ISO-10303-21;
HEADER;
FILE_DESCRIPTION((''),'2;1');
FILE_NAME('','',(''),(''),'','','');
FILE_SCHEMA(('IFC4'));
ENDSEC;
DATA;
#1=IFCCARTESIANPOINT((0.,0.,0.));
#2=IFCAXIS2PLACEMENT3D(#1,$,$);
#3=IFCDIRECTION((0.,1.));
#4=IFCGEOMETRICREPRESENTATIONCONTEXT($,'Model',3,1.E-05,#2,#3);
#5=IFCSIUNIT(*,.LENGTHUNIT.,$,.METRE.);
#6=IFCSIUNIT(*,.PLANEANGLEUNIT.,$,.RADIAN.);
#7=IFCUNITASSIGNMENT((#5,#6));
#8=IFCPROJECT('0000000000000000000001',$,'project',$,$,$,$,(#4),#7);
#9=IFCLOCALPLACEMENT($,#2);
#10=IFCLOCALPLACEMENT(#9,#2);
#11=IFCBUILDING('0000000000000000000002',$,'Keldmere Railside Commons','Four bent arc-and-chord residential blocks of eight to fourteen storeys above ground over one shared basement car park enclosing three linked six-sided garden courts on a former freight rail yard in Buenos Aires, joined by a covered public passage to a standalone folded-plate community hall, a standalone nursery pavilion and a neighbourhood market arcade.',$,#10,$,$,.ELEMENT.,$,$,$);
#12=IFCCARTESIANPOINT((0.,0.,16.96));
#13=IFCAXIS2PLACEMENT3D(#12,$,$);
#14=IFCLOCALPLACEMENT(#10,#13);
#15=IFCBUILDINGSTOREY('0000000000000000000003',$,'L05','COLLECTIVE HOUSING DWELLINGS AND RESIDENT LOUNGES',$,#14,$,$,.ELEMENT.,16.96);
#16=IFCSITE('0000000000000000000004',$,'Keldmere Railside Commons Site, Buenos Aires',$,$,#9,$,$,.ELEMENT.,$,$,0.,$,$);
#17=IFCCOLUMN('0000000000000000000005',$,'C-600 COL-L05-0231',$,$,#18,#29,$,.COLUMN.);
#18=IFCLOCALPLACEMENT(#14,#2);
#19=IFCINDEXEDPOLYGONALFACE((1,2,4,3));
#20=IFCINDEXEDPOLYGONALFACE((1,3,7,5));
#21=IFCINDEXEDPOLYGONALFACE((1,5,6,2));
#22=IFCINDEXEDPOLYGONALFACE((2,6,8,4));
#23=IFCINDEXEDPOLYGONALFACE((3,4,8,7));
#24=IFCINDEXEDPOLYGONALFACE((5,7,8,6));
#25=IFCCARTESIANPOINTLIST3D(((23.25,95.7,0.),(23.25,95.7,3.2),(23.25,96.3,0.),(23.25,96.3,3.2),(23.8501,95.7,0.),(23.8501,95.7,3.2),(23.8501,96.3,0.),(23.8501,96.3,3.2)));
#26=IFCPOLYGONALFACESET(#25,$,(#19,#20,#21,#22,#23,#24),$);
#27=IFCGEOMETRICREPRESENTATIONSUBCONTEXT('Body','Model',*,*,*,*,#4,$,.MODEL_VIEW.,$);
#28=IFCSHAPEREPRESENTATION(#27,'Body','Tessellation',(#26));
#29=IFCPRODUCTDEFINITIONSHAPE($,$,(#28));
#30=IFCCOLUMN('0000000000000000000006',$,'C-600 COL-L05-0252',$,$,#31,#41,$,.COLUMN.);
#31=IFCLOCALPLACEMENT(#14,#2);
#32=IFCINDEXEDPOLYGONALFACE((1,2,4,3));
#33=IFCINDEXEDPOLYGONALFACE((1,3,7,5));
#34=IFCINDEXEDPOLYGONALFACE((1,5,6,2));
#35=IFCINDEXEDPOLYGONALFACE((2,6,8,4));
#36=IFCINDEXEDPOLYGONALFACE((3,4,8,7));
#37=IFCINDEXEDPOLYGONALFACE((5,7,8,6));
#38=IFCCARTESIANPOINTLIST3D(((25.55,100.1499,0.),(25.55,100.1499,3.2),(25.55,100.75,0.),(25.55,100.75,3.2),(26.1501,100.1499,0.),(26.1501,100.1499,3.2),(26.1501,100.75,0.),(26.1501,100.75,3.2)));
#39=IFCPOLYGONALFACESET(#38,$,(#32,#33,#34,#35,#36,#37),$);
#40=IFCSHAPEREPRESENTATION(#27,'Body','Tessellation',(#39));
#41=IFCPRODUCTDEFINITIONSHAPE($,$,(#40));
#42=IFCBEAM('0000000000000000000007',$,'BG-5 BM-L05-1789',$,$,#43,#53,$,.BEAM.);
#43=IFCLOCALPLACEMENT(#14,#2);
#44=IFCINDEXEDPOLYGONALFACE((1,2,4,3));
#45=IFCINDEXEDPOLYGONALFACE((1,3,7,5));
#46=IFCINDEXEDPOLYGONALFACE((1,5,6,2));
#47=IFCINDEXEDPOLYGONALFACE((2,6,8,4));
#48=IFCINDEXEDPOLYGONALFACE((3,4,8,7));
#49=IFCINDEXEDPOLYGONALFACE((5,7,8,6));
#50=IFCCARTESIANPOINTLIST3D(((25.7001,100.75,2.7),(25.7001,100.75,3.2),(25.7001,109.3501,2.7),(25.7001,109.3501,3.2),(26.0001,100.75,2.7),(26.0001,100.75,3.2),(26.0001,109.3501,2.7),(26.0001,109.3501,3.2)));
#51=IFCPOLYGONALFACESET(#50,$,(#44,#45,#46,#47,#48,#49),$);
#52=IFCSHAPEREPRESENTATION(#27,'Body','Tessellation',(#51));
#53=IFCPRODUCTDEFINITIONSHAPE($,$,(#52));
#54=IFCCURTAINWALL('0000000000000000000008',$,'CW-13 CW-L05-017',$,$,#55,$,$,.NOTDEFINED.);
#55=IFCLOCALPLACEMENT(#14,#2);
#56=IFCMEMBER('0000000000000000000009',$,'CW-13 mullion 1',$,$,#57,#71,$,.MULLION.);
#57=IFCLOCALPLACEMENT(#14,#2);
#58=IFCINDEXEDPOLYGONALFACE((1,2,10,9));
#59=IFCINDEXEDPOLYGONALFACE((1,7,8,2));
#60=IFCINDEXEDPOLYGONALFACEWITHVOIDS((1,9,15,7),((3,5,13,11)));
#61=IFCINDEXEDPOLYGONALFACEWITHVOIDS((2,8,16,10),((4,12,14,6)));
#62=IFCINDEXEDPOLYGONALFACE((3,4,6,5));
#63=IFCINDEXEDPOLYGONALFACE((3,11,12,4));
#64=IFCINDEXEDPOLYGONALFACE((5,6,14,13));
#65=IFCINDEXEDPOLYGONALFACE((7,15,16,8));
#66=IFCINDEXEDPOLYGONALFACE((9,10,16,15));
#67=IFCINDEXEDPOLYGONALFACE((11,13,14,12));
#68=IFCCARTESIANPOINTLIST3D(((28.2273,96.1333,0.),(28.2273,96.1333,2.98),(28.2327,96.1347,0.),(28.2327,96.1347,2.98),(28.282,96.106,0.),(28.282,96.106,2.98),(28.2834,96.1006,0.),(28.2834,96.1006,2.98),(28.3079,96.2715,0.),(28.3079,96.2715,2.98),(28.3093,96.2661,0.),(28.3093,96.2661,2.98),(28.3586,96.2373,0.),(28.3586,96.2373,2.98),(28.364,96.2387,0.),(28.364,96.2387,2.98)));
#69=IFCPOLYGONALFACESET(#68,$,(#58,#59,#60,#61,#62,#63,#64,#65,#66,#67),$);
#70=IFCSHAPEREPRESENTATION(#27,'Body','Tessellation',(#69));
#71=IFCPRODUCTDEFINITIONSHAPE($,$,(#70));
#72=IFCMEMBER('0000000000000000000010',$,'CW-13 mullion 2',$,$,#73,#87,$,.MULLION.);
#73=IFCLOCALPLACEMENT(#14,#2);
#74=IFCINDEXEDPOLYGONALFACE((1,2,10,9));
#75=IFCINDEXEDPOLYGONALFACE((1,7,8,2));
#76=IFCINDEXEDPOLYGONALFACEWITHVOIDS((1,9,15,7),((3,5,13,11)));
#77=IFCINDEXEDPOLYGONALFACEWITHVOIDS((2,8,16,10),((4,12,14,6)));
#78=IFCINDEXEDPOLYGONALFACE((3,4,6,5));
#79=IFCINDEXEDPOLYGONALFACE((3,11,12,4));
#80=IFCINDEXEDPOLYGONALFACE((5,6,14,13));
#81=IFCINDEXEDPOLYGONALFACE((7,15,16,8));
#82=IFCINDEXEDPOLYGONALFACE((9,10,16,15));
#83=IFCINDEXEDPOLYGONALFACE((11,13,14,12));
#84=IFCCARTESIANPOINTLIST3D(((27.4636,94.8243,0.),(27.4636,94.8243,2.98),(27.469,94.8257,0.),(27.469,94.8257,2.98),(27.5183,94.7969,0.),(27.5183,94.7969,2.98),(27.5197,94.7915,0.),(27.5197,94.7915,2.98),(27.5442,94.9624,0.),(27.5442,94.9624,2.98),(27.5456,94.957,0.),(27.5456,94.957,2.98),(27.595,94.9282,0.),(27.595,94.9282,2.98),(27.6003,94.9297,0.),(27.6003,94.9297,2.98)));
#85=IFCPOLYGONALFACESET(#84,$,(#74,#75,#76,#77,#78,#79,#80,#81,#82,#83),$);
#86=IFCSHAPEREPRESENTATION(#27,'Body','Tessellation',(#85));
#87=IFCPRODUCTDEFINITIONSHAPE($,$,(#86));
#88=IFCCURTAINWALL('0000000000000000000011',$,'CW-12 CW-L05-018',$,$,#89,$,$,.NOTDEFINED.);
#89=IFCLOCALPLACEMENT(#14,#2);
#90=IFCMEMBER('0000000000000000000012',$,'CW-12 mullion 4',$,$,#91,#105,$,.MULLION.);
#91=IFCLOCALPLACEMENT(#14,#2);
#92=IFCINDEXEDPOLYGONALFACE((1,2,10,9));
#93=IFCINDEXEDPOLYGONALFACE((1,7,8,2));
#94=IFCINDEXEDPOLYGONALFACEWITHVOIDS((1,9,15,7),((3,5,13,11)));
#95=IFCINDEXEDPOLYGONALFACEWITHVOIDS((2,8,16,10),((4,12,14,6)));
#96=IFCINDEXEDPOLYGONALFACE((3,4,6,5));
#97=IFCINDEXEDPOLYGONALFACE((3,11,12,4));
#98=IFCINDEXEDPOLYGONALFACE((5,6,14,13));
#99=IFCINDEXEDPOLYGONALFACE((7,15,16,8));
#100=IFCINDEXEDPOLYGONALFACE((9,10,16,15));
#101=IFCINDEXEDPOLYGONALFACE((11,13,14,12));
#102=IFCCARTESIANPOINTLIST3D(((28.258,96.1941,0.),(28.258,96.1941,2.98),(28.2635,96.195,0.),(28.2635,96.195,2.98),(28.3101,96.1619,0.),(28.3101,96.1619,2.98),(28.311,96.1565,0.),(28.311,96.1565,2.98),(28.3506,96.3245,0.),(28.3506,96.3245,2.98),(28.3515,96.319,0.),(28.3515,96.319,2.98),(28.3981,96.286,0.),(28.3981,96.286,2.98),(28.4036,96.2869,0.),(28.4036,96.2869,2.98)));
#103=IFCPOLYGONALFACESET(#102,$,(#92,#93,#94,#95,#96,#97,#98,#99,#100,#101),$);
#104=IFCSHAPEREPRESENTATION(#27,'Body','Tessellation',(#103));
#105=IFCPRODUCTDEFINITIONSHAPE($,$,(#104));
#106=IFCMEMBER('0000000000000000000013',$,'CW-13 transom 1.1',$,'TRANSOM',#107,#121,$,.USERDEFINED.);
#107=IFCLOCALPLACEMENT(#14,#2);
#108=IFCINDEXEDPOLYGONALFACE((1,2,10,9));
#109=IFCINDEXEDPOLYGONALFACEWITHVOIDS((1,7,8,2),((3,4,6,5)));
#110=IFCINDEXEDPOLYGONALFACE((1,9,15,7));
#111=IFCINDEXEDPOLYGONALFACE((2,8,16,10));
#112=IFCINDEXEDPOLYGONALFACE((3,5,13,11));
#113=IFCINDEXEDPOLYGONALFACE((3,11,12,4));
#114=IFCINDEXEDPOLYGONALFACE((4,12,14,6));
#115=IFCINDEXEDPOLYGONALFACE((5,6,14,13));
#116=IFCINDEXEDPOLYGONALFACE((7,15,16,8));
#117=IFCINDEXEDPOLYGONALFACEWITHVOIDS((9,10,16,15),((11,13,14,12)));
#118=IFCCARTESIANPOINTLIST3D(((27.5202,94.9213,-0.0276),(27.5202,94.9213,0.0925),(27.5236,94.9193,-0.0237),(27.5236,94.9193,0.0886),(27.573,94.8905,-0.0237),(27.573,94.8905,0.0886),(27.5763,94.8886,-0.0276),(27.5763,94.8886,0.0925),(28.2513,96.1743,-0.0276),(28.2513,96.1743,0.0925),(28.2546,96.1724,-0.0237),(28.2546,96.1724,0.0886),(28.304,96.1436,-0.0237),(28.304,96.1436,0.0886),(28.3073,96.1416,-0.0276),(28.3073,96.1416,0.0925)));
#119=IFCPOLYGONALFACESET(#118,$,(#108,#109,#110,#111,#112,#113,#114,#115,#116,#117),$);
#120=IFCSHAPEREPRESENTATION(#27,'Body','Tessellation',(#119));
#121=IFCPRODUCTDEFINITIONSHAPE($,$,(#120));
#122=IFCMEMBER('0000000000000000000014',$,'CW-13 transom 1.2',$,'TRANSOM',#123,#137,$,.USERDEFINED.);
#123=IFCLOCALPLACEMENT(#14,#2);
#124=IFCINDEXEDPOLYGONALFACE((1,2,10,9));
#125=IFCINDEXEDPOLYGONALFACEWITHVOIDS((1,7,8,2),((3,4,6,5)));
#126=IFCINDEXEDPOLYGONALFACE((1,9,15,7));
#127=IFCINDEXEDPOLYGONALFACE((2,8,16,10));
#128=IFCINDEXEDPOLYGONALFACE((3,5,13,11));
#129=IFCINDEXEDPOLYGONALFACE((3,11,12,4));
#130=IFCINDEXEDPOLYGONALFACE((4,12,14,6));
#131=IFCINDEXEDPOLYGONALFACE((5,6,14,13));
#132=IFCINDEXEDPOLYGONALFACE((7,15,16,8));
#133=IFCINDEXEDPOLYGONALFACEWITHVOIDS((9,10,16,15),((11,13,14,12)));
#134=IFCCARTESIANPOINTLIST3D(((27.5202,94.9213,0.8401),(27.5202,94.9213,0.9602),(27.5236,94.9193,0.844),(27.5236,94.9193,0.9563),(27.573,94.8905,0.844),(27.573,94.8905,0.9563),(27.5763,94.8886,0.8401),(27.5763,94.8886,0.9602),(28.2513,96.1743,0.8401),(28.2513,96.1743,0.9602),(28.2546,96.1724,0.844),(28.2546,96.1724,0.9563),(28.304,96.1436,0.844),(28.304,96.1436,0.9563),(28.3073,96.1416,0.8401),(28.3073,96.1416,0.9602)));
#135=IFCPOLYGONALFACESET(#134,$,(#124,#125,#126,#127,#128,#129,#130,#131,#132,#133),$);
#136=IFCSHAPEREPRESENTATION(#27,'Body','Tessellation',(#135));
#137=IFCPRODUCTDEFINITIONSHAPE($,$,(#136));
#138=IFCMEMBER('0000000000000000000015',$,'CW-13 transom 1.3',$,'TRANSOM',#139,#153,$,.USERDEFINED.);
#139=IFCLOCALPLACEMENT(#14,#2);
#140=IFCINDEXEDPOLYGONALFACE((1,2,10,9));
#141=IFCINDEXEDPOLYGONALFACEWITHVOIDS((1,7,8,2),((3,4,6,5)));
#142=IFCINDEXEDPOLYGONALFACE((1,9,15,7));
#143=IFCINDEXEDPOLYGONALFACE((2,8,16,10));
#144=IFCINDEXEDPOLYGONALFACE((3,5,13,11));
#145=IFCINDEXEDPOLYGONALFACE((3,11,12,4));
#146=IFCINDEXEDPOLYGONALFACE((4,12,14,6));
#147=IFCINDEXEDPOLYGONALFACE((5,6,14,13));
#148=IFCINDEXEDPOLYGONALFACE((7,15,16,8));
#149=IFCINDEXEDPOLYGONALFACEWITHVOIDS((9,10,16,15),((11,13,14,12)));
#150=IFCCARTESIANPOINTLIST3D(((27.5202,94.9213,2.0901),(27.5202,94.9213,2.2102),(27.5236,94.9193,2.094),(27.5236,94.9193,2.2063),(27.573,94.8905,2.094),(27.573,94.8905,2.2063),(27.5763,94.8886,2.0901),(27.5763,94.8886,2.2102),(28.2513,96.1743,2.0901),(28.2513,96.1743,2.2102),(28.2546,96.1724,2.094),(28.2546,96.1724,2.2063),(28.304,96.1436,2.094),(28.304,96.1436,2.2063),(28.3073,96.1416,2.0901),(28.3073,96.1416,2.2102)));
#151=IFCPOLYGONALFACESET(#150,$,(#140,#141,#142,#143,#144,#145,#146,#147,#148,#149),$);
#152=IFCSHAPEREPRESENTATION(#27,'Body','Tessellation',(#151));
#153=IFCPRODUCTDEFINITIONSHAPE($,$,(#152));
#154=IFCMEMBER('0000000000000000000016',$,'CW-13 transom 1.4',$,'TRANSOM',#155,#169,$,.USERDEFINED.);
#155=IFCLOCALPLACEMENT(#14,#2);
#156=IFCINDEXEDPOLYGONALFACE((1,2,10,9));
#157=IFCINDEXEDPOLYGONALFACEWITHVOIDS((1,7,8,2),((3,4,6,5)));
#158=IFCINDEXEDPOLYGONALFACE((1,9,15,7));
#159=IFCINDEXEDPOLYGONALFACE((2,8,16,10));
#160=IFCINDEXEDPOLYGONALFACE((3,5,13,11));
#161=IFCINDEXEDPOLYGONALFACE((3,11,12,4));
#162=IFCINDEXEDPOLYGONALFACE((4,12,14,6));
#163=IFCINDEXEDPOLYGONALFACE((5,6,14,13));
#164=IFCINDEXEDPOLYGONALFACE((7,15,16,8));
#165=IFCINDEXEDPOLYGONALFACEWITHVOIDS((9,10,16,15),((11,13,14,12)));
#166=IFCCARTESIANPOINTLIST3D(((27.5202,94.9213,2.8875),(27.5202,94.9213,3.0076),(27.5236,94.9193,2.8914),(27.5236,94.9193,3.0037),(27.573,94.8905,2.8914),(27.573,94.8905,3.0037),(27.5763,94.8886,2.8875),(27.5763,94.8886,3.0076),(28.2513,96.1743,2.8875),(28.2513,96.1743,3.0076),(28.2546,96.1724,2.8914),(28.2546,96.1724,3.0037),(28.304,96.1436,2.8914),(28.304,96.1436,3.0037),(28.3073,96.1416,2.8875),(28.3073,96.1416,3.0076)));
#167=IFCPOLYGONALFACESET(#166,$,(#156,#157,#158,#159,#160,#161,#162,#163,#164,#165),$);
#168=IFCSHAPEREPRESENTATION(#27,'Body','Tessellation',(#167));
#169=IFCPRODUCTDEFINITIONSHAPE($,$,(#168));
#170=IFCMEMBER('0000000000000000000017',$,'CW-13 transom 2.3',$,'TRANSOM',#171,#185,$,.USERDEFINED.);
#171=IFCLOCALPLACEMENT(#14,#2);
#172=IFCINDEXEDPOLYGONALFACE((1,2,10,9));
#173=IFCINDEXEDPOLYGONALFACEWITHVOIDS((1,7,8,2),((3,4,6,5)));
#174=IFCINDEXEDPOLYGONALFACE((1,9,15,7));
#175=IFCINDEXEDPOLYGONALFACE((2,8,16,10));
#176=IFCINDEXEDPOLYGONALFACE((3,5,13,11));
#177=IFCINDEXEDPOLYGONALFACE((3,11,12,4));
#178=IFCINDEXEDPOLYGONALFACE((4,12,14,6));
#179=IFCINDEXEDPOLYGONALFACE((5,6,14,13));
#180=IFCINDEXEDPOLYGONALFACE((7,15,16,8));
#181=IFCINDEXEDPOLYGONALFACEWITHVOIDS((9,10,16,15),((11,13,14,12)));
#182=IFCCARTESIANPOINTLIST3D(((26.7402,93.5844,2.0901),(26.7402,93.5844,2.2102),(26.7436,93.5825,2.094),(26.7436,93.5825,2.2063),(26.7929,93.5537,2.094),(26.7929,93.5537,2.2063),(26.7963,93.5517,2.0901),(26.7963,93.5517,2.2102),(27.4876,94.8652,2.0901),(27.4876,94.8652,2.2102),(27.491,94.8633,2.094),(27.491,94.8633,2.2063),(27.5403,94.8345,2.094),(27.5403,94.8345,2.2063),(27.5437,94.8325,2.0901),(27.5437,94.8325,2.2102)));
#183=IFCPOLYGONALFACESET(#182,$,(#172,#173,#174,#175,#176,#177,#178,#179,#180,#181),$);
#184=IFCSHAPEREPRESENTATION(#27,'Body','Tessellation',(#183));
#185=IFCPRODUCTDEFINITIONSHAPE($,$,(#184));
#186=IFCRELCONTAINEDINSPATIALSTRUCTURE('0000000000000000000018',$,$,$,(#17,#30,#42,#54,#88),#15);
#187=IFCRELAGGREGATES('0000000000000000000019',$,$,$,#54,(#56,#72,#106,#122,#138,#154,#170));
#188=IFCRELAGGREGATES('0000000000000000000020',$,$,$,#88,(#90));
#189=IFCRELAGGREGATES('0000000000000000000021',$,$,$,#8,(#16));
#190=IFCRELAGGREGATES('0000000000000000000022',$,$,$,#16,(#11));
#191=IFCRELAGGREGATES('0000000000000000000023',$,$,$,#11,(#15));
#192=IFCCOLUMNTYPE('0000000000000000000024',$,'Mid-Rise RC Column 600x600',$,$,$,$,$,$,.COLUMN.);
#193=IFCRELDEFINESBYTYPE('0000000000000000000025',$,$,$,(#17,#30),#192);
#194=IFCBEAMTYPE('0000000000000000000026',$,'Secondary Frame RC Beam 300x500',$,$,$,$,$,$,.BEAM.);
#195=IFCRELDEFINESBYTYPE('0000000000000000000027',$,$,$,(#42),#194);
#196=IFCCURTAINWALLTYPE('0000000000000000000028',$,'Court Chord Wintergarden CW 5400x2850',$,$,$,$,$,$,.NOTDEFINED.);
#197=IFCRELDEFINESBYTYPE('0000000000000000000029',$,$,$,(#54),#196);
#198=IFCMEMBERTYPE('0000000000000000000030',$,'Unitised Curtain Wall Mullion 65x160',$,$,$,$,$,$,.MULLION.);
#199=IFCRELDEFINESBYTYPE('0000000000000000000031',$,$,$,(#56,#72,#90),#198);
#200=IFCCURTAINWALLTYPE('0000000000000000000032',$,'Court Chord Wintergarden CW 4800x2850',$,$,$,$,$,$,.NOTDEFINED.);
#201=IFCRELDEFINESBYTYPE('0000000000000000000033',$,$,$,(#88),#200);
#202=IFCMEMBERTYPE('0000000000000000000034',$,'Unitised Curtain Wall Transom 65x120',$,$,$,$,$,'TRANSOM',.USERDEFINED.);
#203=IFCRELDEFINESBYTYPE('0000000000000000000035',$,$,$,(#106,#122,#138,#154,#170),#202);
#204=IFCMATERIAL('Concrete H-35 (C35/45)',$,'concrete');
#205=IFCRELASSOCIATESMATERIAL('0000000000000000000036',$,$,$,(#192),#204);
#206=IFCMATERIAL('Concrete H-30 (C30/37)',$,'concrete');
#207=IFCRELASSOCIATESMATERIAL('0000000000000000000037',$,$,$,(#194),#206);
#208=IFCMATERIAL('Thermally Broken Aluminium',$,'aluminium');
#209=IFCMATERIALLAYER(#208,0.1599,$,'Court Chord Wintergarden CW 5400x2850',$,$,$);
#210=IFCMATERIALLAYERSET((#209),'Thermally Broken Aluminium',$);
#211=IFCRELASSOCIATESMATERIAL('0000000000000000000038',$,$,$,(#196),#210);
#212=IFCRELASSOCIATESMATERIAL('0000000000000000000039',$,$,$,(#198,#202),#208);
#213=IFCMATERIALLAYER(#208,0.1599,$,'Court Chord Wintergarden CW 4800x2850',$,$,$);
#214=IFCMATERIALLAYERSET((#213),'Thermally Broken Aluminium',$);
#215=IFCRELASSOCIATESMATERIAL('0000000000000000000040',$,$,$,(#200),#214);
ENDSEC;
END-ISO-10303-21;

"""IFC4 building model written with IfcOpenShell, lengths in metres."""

from ifc_helpers import new_model, si_unit, direction, frame, origin, origin_2d, place, context, subcontext, project, spatial, rectangle, hollow_rectangle, extrude, material, layer, layer_set, material_profile, profile_set, type_object, element, aggregate, save


model = new_model("IFC4")

# Units and contexts
model_context = context("Model", 3, precision=1e-05, world=origin(), true_north=direction((0.0, 1.0)))
body_context = subcontext(model_context, "Body", "Model", "MODEL_VIEW")
ifc_project = project(units=[si_unit("LENGTHUNIT", "METRE"), si_unit("PLANEANGLEUNIT", "RADIAN")], contexts=[model_context])

# Site, building, storey
site_placement = place(None, origin())
site = spatial("IfcSite", under=ifc_project, at=site_placement, Name="Keldmere Railside Commons Site, Buenos Aires", CompositionType="ELEMENT", RefElevation=0.0)
building_placement = place(site_placement, origin())
building = spatial("IfcBuilding", under=site, at=building_placement, Name="Keldmere Railside Commons", Description="Four bent arc-and-chord residential blocks of eight to fourteen storeys above ground over one shared basement car park enclosing three linked six-sided garden courts on a former freight rail yard in Buenos Aires, joined by a covered public passage to a standalone folded-plate community hall, a standalone nursery pavilion and a neighbourhood market arcade.", CompositionType="ELEMENT")
storey_placement = place(building_placement, frame((0.0, 0.0, 16.96)))
storey = spatial("IfcBuildingStorey", under=building, at=storey_placement, Name="L05", Description="COLLECTIVE HOUSING DWELLINGS AND RESIDENT LOUNGES", CompositionType="ELEMENT", Elevation=16.96)

# Columns
ifc_material_1 = material(Name="Concrete H-35 (C35/45)", Category="concrete")
ifc_material_profile_1 = material_profile(ifc_material_1, rectangle(XDim=0.6001, YDim=0.6001, at=origin_2d()), Name="RC-600x600")
ifc_profile_set_1 = profile_set([ifc_material_profile_1], Name="Concrete H-35 (C35/45)")
column_type = type_object("IfcColumnType", Name="Mid-Rise RC Column 600x600", PredefinedType="COLUMN", material=ifc_profile_set_1)
for number, where, z_axis, x_axis, name in (
    (1, (23.55, 96.0, 0.0), (0.0, 0.0, 1.0), (1.0, 0.0, 0.0), "C-600 COL-L05-0231"),
    (2, (25.8501, 100.45, 0.0), (0.0, 0.0, 1.0), (1.0, 0.0, 0.0), "C-600 COL-L05-0252"),
):
    element("IfcColumn", number, at=place(storey_placement, frame(where, z_axis=z_axis, x_axis=x_axis)), inside=storey, type_object=column_type, Name=name, PredefinedType="COLUMN", context=body_context, shape_type="SweptSolid", body=[
        extrude(rectangle(XDim=0.6001, YDim=0.6001, at=origin_2d()), origin(), (0.0, 0.0, 1.0), 3.2),
    ])

# Beam
ifc_material_2 = material(Name="Concrete H-30 (C30/37)", Category="concrete")
ifc_material_profile_2 = material_profile(ifc_material_2, rectangle(XDim=0.3, YDim=0.5, at=origin_2d()), Name="RC-300x500")
ifc_profile_set_2 = profile_set([ifc_material_profile_2], Name="Concrete H-30 (C30/37)")
beam_type = type_object("IfcBeamType", Name="Secondary Frame RC Beam 300x500", PredefinedType="BEAM", material=ifc_profile_set_2)
beam_placement = place(storey_placement, frame((25.8501, 100.75, 2.95), z_axis=(0.0, 1.0, 0.0), x_axis=(-1.0, 0.0, 0.0)))
element("IfcBeam", 3, at=beam_placement, inside=storey, type_object=beam_type, Name="BG-5 BM-L05-1789", PredefinedType="BEAM", context=body_context, shape_type="SweptSolid", body=[
    extrude(rectangle(XDim=0.3, YDim=0.5, at=origin_2d()), origin(), (0.0, 0.0, 1.0), 8.6001),
])

# Curtain wall, members
ifc_material_3 = material(Name="Thermally Broken Aluminium", Category="aluminium")
ifc_layer_1 = layer(ifc_material_3, 0.1599, Name="Court Chord Wintergarden CW 5400x2850")
ifc_layer_set_1 = layer_set([ifc_layer_1], Name="Thermally Broken Aluminium")
curtain_wall_type_1 = type_object("IfcCurtainWallType", Name="Court Chord Wintergarden CW 5400x2850", PredefinedType="NOTDEFINED", material=ifc_layer_set_1)
curtain_wall_1_placement = place(storey_placement, origin())
curtain_wall_1 = element("IfcCurtainWall", 4, at=curtain_wall_1_placement, inside=storey, type_object=curtain_wall_type_1, Name="CW-13 CW-L05-017", PredefinedType="NOTDEFINED")
ifc_material_profile_3 = material_profile(ifc_material_3, hollow_rectangle(XDim=0.0649, YDim=0.1599, WallThickness=0.0039, at=origin_2d()), Name="ALU-MULL-65x160")
ifc_profile_set_3 = profile_set([ifc_material_profile_3], Name="Thermally Broken Aluminium")
member_type_1 = type_object("IfcMemberType", Name="Unitised Curtain Wall Mullion 65x160", PredefinedType="MULLION", material=ifc_profile_set_3)
member_1_placement = place(storey_placement, frame((28.2957, 96.186, 0.0), z_axis=(0.0, 0.0, 1.0), x_axis=(0.863755, -0.503911, 0.0)))
member_1 = element("IfcMember", 5, at=member_1_placement, type_object=member_type_1, Name="CW-13 mullion 1", PredefinedType="MULLION", context=body_context, shape_type="SweptSolid", body=[
    extrude(hollow_rectangle(XDim=0.0649, YDim=0.1599, WallThickness=0.0039, at=origin_2d()), origin(), (0.0, 0.0, 1.0), 2.98),
])
member_2_placement = place(storey_placement, frame((27.532, 94.877, 0.0), z_axis=(0.0, 0.0, 1.0), x_axis=(0.863755, -0.503911, 0.0)))
member_2 = element("IfcMember", 6, at=member_2_placement, type_object=member_type_1, Name="CW-13 mullion 2", PredefinedType="MULLION", context=body_context, shape_type="SweptSolid", body=[
    extrude(hollow_rectangle(XDim=0.0649, YDim=0.1599, WallThickness=0.0039, at=origin_2d()), origin(), (0.0, 0.0, 1.0), 2.98),
])

# Curtain wall, member
ifc_layer_2 = layer(ifc_material_3, 0.1599, Name="Court Chord Wintergarden CW 4800x2850")
ifc_layer_set_2 = layer_set([ifc_layer_2], Name="Thermally Broken Aluminium")
curtain_wall_type_2 = type_object("IfcCurtainWallType", Name="Court Chord Wintergarden CW 4800x2850", PredefinedType="NOTDEFINED", material=ifc_layer_set_2)
curtain_wall_2_placement = place(storey_placement, origin())
curtain_wall_2 = element("IfcCurtainWall", 7, at=curtain_wall_2_placement, inside=storey, type_object=curtain_wall_type_2, Name="CW-12 CW-L05-018", PredefinedType="NOTDEFINED")
member_3_placement = place(storey_placement, frame((28.3308, 96.2405, 0.0), z_axis=(0.0, 0.0, 1.0), x_axis=(0.815389, -0.578913, 0.0)))
member_3 = element("IfcMember", 8, at=member_3_placement, type_object=member_type_1, Name="CW-12 mullion 4", PredefinedType="MULLION", context=body_context, shape_type="SweptSolid", body=[
    extrude(hollow_rectangle(XDim=0.0649, YDim=0.1599, WallThickness=0.0039, at=origin_2d()), origin(), (0.0, 0.0, 1.0), 2.98),
])

# Members
ifc_material_profile_4 = material_profile(ifc_material_3, hollow_rectangle(XDim=0.0649, YDim=0.1201, WallThickness=0.0039, at=origin_2d()), Name="ALU-TRAN-65x120")
ifc_profile_set_4 = profile_set([ifc_material_profile_4], Name="Thermally Broken Aluminium")
member_type_2 = type_object("IfcMemberType", Name="Unitised Curtain Wall Transom 65x120", ElementType="TRANSOM", PredefinedType="USERDEFINED", material=ifc_profile_set_4)
member_4_placement = place(storey_placement, frame((28.2793, 96.158, 0.0325), z_axis=(-0.503913, -0.863754, 0.0), x_axis=(0.863754, -0.503913, 0.0)))
member_4 = element("IfcMember", 9, at=member_4_placement, type_object=member_type_2, Name="CW-13 transom 1.1", ObjectType="TRANSOM", PredefinedType="USERDEFINED", context=body_context, shape_type="SweptSolid", body=[
    extrude(hollow_rectangle(XDim=0.0649, YDim=0.1201, WallThickness=0.0039, at=origin_2d()), origin(), (0.0, 0.0, 1.0), 1.4507),
])
member_5_placement = place(storey_placement, frame((28.2793, 96.158, 0.9001), z_axis=(-0.503913, -0.863754, 0.0), x_axis=(0.863754, -0.503913, 0.0)))
member_5 = element("IfcMember", 10, at=member_5_placement, type_object=member_type_2, Name="CW-13 transom 1.2", ObjectType="TRANSOM", PredefinedType="USERDEFINED", context=body_context, shape_type="SweptSolid", body=[
    extrude(hollow_rectangle(XDim=0.0649, YDim=0.1201, WallThickness=0.0039, at=origin_2d()), origin(), (0.0, 0.0, 1.0), 1.4507),
])
member_6_placement = place(storey_placement, frame((28.2793, 96.158, 2.1501), z_axis=(-0.503913, -0.863754, 0.0), x_axis=(0.863754, -0.503913, 0.0)))
member_6 = element("IfcMember", 11, at=member_6_placement, type_object=member_type_2, Name="CW-13 transom 1.3", ObjectType="TRANSOM", PredefinedType="USERDEFINED", context=body_context, shape_type="SweptSolid", body=[
    extrude(hollow_rectangle(XDim=0.0649, YDim=0.1201, WallThickness=0.0039, at=origin_2d()), origin(), (0.0, 0.0, 1.0), 1.4507),
])
member_7_placement = place(storey_placement, frame((28.2793, 96.158, 2.9475), z_axis=(-0.503913, -0.863754, 0.0), x_axis=(0.863754, -0.503913, 0.0)))
member_7 = element("IfcMember", 12, at=member_7_placement, type_object=member_type_2, Name="CW-13 transom 1.4", ObjectType="TRANSOM", PredefinedType="USERDEFINED", context=body_context, shape_type="SweptSolid", body=[
    extrude(hollow_rectangle(XDim=0.0649, YDim=0.1201, WallThickness=0.0039, at=origin_2d()), origin(), (0.0, 0.0, 1.0), 1.4507),
])
member_8_placement = place(storey_placement, frame((27.5156, 94.8489, 2.1501), z_axis=(-0.503973, -0.863719, 0.0), x_axis=(0.863719, -0.503973, 0.0)))
member_8 = element("IfcMember", 13, at=member_8_placement, type_object=member_type_2, Name="CW-13 transom 2.3", ObjectType="TRANSOM", PredefinedType="USERDEFINED", context=body_context, shape_type="SweptSolid", body=[
    extrude(hollow_rectangle(XDim=0.0649, YDim=0.1201, WallThickness=0.0039, at=origin_2d()), origin(), (0.0, 0.0, 1.0), 1.4829),
])

aggregate(curtain_wall_1, [member_1, member_2, member_4, member_5, member_6, member_7, member_8])
aggregate(curtain_wall_2, [member_3])

save(model, "model.ifc")
